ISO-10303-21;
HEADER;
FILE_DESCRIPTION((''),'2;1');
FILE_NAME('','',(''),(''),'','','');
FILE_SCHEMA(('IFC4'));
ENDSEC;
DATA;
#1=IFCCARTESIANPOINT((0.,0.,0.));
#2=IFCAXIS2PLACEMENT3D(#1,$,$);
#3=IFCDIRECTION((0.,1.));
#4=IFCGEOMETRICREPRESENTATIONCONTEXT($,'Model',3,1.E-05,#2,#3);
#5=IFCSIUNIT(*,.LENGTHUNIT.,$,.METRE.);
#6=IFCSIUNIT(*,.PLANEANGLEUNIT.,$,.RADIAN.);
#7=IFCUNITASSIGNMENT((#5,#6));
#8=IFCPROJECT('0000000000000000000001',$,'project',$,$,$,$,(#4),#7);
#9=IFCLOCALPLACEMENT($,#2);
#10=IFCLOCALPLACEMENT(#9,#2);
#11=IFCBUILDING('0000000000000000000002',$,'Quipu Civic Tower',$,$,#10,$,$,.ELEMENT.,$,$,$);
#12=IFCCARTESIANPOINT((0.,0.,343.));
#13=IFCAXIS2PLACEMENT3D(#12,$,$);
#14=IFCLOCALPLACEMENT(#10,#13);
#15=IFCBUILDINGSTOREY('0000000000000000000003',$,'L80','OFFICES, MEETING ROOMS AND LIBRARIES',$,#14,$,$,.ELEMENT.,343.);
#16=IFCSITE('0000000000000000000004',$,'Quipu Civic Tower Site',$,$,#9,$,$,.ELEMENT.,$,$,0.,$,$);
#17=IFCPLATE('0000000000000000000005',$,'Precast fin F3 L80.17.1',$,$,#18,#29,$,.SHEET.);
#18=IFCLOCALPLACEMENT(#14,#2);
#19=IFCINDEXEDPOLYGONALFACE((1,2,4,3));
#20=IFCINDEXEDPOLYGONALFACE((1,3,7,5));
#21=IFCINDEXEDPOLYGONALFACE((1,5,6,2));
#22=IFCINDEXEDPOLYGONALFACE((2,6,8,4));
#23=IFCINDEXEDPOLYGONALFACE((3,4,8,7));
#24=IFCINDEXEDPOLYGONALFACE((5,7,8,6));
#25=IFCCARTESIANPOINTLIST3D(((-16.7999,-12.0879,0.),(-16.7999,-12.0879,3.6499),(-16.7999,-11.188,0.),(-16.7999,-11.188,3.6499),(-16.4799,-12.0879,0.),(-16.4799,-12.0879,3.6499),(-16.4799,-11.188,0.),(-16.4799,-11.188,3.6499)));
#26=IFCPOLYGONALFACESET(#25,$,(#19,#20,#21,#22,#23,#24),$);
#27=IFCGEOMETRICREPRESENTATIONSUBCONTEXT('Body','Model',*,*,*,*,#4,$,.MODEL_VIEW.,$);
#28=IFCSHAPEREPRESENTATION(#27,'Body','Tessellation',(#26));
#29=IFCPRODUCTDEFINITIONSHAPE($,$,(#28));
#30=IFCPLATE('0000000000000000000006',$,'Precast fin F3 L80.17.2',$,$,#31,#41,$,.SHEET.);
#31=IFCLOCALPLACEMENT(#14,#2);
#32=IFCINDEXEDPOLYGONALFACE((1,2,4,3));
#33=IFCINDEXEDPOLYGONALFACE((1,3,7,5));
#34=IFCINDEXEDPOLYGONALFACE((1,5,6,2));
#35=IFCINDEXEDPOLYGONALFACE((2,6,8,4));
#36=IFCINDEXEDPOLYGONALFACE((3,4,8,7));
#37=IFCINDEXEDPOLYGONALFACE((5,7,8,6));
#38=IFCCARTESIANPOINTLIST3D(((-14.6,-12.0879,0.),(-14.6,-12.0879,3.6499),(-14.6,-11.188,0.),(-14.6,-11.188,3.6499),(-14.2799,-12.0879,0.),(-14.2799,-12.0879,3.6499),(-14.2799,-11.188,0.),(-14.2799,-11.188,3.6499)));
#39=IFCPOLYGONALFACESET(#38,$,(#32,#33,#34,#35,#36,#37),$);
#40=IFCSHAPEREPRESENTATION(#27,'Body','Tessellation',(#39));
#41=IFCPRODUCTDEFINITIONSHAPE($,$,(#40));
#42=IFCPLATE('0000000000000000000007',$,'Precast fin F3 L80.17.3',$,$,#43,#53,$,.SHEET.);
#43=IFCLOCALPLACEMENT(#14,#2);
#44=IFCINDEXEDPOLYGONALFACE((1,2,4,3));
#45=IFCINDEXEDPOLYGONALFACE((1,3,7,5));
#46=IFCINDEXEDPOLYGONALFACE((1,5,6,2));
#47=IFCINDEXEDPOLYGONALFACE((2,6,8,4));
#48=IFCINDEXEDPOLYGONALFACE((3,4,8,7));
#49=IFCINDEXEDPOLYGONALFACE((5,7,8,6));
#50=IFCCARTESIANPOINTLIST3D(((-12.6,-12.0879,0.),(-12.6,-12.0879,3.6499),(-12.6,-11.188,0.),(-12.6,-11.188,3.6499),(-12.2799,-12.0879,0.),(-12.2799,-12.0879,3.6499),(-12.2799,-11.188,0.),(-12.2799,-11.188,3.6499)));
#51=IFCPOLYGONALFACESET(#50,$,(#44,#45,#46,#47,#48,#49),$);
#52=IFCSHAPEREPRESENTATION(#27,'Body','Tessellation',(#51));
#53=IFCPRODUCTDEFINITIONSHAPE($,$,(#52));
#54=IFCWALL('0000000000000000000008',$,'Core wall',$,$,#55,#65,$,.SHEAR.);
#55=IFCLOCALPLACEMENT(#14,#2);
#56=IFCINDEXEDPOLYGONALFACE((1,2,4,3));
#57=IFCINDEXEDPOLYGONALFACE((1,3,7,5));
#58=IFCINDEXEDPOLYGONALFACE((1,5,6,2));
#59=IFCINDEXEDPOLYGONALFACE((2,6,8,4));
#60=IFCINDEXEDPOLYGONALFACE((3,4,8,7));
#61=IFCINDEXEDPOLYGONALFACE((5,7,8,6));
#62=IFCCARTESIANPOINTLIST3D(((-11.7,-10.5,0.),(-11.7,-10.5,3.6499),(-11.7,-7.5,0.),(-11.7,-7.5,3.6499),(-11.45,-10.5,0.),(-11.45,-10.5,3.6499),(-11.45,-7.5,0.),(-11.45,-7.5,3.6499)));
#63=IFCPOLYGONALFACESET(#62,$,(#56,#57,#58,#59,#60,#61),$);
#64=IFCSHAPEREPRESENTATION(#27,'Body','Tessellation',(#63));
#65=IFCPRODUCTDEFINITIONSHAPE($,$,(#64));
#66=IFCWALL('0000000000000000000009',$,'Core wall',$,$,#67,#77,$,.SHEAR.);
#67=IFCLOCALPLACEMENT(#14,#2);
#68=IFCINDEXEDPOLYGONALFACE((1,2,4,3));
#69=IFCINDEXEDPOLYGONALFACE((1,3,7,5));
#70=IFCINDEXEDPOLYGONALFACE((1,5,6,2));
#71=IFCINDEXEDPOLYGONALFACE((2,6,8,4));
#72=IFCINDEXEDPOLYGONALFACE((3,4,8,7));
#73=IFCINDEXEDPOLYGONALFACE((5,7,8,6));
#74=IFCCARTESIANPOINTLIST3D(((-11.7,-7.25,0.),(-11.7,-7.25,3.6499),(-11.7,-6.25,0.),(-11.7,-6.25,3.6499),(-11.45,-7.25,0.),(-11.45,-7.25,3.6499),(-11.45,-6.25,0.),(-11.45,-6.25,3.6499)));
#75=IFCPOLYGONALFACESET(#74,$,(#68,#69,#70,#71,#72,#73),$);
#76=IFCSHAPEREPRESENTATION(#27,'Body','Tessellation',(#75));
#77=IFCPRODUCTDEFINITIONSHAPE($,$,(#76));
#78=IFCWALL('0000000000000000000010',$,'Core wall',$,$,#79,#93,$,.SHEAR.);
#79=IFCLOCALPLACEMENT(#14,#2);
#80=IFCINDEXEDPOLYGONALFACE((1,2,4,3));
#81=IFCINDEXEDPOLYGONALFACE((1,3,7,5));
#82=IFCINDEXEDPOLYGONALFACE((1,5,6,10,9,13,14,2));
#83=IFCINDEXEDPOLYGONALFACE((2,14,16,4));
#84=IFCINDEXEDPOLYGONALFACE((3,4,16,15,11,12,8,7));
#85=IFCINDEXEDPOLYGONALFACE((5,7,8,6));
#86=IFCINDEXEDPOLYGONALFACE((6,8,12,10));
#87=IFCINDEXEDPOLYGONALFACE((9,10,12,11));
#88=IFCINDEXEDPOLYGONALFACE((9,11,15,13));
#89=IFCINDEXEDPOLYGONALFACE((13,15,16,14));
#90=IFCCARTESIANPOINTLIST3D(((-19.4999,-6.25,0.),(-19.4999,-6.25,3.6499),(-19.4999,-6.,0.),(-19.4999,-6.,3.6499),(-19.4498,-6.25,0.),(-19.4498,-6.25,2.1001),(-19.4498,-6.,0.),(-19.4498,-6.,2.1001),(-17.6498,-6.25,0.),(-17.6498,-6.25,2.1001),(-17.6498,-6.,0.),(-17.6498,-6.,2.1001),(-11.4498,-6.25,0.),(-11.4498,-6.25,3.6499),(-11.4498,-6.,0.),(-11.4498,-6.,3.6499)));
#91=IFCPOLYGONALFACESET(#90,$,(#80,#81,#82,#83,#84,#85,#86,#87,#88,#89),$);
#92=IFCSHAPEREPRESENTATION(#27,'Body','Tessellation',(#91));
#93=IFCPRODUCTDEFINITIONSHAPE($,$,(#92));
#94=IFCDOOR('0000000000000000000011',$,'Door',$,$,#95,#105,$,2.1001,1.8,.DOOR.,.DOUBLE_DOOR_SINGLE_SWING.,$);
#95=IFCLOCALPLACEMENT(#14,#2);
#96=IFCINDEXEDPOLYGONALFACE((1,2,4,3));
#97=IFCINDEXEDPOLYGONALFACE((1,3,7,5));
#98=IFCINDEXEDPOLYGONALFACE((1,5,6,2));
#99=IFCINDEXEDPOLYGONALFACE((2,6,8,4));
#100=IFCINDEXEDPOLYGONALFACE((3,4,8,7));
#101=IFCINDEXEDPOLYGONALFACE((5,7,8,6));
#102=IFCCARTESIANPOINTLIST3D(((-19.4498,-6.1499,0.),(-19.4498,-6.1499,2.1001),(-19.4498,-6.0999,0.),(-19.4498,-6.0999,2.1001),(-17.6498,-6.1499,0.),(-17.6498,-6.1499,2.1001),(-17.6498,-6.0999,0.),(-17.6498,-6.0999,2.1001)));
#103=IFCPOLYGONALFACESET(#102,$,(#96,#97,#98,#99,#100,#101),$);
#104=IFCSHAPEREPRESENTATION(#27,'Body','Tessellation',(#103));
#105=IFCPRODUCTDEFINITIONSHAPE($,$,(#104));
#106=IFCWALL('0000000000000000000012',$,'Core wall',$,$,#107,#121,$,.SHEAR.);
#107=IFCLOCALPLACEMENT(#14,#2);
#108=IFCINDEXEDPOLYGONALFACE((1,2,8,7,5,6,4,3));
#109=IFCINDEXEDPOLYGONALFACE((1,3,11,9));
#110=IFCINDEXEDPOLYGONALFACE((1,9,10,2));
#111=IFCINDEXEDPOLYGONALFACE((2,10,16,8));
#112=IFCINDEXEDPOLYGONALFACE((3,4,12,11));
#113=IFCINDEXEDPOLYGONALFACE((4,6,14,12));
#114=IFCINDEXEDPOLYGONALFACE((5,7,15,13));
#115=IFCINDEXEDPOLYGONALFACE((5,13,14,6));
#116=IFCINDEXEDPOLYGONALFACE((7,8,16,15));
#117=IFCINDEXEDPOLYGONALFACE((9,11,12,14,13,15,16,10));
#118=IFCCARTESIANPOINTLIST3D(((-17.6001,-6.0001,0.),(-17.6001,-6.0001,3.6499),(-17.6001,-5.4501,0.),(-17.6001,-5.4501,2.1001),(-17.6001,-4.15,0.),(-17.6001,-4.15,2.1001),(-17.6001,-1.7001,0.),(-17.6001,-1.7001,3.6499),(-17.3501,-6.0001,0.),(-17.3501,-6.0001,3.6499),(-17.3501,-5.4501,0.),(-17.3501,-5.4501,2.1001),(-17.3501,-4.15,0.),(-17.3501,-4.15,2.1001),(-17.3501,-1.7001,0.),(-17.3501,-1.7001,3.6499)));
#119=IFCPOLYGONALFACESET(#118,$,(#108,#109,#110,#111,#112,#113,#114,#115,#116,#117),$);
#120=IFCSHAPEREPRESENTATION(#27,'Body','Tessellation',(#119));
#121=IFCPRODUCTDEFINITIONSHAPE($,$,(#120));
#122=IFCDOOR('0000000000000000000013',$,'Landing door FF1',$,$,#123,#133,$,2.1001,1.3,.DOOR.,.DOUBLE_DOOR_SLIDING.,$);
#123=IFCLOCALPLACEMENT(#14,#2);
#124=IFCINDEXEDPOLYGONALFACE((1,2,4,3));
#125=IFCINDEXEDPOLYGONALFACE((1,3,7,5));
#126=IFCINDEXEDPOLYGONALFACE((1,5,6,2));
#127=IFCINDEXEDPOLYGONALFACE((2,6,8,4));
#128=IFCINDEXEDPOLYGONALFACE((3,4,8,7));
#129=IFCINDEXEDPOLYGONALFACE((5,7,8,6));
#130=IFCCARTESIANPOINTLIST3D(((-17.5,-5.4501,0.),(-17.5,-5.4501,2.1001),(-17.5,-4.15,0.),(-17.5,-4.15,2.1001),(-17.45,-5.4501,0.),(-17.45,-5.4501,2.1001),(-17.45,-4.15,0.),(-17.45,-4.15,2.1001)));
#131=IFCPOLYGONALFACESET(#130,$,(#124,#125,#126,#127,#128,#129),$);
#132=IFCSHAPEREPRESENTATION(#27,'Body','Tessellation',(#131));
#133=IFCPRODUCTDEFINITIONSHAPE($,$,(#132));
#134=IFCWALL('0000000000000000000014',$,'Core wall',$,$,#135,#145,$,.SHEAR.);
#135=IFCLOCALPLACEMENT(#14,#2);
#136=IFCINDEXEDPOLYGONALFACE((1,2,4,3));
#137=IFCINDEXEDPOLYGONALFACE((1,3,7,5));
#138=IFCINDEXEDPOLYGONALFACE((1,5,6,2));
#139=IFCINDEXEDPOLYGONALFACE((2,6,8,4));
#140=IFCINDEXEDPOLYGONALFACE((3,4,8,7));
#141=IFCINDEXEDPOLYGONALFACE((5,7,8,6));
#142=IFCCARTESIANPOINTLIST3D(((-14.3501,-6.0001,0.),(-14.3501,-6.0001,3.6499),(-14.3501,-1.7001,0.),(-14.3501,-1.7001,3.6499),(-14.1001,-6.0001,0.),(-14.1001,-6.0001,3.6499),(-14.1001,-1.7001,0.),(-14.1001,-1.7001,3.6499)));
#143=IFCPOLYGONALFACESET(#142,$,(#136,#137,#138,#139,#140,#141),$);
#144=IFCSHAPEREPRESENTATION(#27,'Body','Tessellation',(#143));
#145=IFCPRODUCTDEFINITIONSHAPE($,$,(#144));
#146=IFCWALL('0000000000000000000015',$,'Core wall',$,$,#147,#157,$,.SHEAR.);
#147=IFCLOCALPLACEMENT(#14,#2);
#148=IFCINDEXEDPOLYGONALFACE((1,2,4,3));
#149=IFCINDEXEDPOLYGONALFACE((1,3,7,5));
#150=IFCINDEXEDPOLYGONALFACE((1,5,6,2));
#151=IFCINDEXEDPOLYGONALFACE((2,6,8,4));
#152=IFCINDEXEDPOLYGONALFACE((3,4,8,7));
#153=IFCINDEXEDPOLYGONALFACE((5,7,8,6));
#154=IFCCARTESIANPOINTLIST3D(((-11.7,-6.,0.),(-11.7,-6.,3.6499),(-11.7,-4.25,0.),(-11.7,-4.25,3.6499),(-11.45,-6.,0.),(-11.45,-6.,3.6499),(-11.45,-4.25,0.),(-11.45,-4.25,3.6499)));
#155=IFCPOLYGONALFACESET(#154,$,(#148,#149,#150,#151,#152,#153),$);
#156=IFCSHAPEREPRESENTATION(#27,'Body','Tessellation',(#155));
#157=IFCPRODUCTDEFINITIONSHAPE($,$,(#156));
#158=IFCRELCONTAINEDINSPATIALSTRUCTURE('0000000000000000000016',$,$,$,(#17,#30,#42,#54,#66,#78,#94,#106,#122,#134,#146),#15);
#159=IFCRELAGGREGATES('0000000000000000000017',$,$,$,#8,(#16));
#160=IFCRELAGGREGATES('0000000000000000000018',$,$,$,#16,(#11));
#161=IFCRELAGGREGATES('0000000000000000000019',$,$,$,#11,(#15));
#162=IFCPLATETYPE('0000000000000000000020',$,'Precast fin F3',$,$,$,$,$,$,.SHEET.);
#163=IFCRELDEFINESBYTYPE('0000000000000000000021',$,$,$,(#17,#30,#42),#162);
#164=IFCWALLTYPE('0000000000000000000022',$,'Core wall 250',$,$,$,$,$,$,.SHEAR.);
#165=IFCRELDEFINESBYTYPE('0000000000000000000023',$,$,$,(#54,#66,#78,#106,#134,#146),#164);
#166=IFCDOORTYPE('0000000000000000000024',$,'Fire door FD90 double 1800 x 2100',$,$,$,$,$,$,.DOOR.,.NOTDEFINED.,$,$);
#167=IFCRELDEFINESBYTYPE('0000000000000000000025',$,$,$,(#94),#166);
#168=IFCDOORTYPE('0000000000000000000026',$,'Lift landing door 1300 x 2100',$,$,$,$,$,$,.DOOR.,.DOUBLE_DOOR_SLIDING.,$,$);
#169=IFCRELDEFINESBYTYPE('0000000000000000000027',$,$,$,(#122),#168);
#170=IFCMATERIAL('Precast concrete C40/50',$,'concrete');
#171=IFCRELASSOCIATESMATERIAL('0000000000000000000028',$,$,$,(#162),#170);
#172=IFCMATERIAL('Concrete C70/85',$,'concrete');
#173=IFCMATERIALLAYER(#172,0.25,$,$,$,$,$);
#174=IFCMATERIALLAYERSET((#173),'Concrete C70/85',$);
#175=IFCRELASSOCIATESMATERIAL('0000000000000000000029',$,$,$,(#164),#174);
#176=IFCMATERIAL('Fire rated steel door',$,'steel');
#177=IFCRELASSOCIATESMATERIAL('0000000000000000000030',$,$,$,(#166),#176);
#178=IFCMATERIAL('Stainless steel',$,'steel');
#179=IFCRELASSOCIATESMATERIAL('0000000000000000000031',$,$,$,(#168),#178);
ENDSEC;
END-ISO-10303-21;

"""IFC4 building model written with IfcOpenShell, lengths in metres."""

from ifc_helpers import new_model, si_unit, direction, frame, frame_2d, origin, origin_2d, place, context, subcontext, project, spatial, rectangle, extrude, material, layer, layer_set, type_object, element, fill, save


model = new_model("IFC4")

# Units and contexts
model_context = context("Model", 3, precision=1e-05, world=origin(), true_north=direction((0.0, 1.0)))
body_context = subcontext(model_context, "Body", "Model", "MODEL_VIEW")
ifc_project = project(units=[si_unit("LENGTHUNIT", "METRE"), si_unit("PLANEANGLEUNIT", "RADIAN")], contexts=[model_context])

# Site, building, storey
site_placement = place(None, origin())
site = spatial("IfcSite", under=ifc_project, at=site_placement, Name="Quipu Civic Tower Site", CompositionType="ELEMENT", RefElevation=0.0)
building_placement = place(site_placement, origin())
building = spatial("IfcBuilding", under=site, at=building_placement, Name="Quipu Civic Tower", CompositionType="ELEMENT")
storey_placement = place(building_placement, frame((0.0, 0.0, 343.0)))
storey = spatial("IfcBuildingStorey", under=building, at=storey_placement, Name="L80", Description="OFFICES, MEETING ROOMS AND LIBRARIES", CompositionType="ELEMENT", Elevation=343.0)

# Plates
ifc_material_1 = material(Name="Precast concrete C40/50", Category="concrete")
plate_type = type_object("IfcPlateType", Name="Precast fin F3", PredefinedType="SHEET", material=ifc_material_1)
for number, where, z_axis, x_axis, name in (
    (1, (-16.6399, -11.6379, 0.0), (0.0, 0.0, 1.0), (1.0, 0.0, 0.0), "Precast fin F3 L80.17.1"),
    (2, (-14.4399, -11.6379, 0.0), (0.0, 0.0, 1.0), (1.0, 0.0, 0.0), "Precast fin F3 L80.17.2"),
    (3, (-12.4399, -11.6379, 0.0), (0.0, 0.0, 1.0), (1.0, 0.0, 0.0), "Precast fin F3 L80.17.3"),
):
    element("IfcPlate", number, at=place(storey_placement, frame(where, z_axis=z_axis, x_axis=x_axis)), inside=storey, type_object=plate_type, Name=name, PredefinedType="SHEET", context=body_context, shape_type="SweptSolid", body=[
        extrude(rectangle(XDim=0.3201, YDim=0.8999, at=origin_2d()), origin(), (0.0, 0.0, 1.0), 3.6499),
    ])

# Walls
ifc_material_2 = material(Name="Concrete C70/85", Category="concrete")
ifc_layer_1 = layer(ifc_material_2, 0.25)
ifc_layer_set_1 = layer_set([ifc_layer_1], Name="Concrete C70/85")
wall_type_1 = type_object("IfcWallType", Name="Core wall 250", PredefinedType="SHEAR", material=ifc_layer_set_1)
wall_1_placement = place(storey_placement, frame((-11.575, -10.5, 0.0), z_axis=(0.0, 0.0, 1.0), x_axis=(0.0, 1.0, 0.0)))
element("IfcWall", 4, at=wall_1_placement, inside=storey, type_object=wall_type_1, Name="Core wall", PredefinedType="SHEAR", context=body_context, shape_type="SweptSolid", body=[
    extrude(rectangle(XDim=3.0, YDim=0.25, at=frame_2d((1.5, 0.0))), origin(), (0.0, 0.0, 1.0), 3.6499),
])
wall_2_placement = place(storey_placement, frame((-11.575, -7.25, 0.0), z_axis=(0.0, 0.0, 1.0), x_axis=(0.0, 1.0, 0.0)))
element("IfcWall", 5, at=wall_2_placement, inside=storey, type_object=wall_type_1, Name="Core wall", PredefinedType="SHEAR", context=body_context, shape_type="SweptSolid", body=[
    extrude(rectangle(XDim=1.0, YDim=0.25, at=frame_2d((0.5, 0.0))), origin(), (0.0, 0.0, 1.0), 3.6499),
])

# Walls, openings, doors
wall_3_placement = place(storey_placement, frame((-11.45, -6.125, 0.0), z_axis=(0.0, 0.0, 1.0), x_axis=(-1.0, 0.0, 0.0)))
wall_3 = element("IfcWall", 6, at=wall_3_placement, inside=storey, type_object=wall_type_1, Name="Core wall", PredefinedType="SHEAR", context=body_context, shape_type="SweptSolid", body=[
    extrude(rectangle(XDim=8.05, YDim=0.25, at=frame_2d((4.0249, 0.0))), origin(), (0.0, 0.0, 1.0), 3.6499),
])
opening_1_placement = place(wall_3_placement, frame((6.2, 0.0, 0.0)))
opening_1 = element("IfcOpeningElement", 7, at=opening_1_placement, cuts=wall_3, PredefinedType="OPENING", context=body_context, shape_type="SweptSolid", body=[
    extrude(rectangle(XDim=1.8, YDim=2.1001, at=frame_2d((0.8999, 1.05))), frame((0.0, 0.135, 0.0), z_axis=(0.0, -1.0, 0.0), x_axis=(1.0, 0.0, 0.0)), (0.0, 0.0, 1.0), 0.27),
])
ifc_material_3 = material(Name="Fire rated steel door", Category="steel")
door_type_1 = type_object("IfcDoorType", Name="Fire door FD90 double 1800 x 2100", OperationType="NOTDEFINED", PredefinedType="DOOR", material=ifc_material_3)
door_1_placement = place(opening_1_placement, origin())
door_1 = element("IfcDoor", 8, at=door_1_placement, inside=storey, type_object=door_type_1, Name="Door", OperationType="DOUBLE_DOOR_SINGLE_SWING", OverallHeight=2.1001, OverallWidth=1.8, PredefinedType="DOOR", context=body_context, shape_type="SweptSolid", body=[
    extrude(rectangle(XDim=1.8, YDim=2.1001, at=frame_2d((0.8999, 1.05))), frame((0.0, 0.0249, 0.0), z_axis=(0.0, -1.0, 0.0), x_axis=(1.0, 0.0, 0.0)), (0.0, 0.0, 1.0), 0.05),
])
fill(opening_1, door_1)
wall_4_placement = place(storey_placement, frame((-17.4751, -6.0, 0.0), z_axis=(0.0, 0.0, 1.0), x_axis=(0.0, 1.0, 0.0)))
wall_4 = element("IfcWall", 9, at=wall_4_placement, inside=storey, type_object=wall_type_1, Name="Core wall", PredefinedType="SHEAR", context=body_context, shape_type="SweptSolid", body=[
    extrude(rectangle(XDim=4.3, YDim=0.25, at=frame_2d((2.1499, 0.0))), origin(), (0.0, 0.0, 1.0), 3.6499),
])
opening_2_placement = place(wall_4_placement, frame((0.55, 0.0, 0.0)))
opening_2 = element("IfcOpeningElement", 10, at=opening_2_placement, cuts=wall_4, PredefinedType="OPENING", context=body_context, shape_type="SweptSolid", body=[
    extrude(rectangle(XDim=1.3, YDim=2.1001, at=frame_2d((0.6499, 1.05))), frame((0.0, 0.135, 0.0), z_axis=(0.0, -1.0, 0.0), x_axis=(1.0, 0.0, 0.0)), (0.0, 0.0, 1.0), 0.27),
])
ifc_material_4 = material(Name="Stainless steel", Category="steel")
door_type_2 = type_object("IfcDoorType", Name="Lift landing door 1300 x 2100", OperationType="DOUBLE_DOOR_SLIDING", PredefinedType="DOOR", material=ifc_material_4)
door_2_placement = place(opening_2_placement, origin())
door_2 = element("IfcDoor", 11, at=door_2_placement, inside=storey, type_object=door_type_2, Name="Landing door FF1", OperationType="DOUBLE_DOOR_SLIDING", OverallHeight=2.1001, OverallWidth=1.3, PredefinedType="DOOR", context=body_context, shape_type="SweptSolid", body=[
    extrude(rectangle(XDim=1.3, YDim=2.1001, at=frame_2d((0.6499, 1.05))), frame((0.0, 0.0249, 0.0), z_axis=(0.0, -1.0, 0.0), x_axis=(1.0, 0.0, 0.0)), (0.0, 0.0, 1.0), 0.05),
])
fill(opening_2, door_2)

# Walls
wall_5_placement = place(storey_placement, frame((-14.2251, -6.0, 0.0), z_axis=(0.0, 0.0, 1.0), x_axis=(0.0, 1.0, 0.0)))
element("IfcWall", 12, at=wall_5_placement, inside=storey, type_object=wall_type_1, Name="Core wall", PredefinedType="SHEAR", context=body_context, shape_type="SweptSolid", body=[
    extrude(rectangle(XDim=4.3, YDim=0.25, at=frame_2d((2.1499, 0.0))), origin(), (0.0, 0.0, 1.0), 3.6499),
])
wall_6_placement = place(storey_placement, frame((-11.575, -6.0, 0.0), z_axis=(0.0, 0.0, 1.0), x_axis=(0.0, 1.0, 0.0)))
element("IfcWall", 13, at=wall_6_placement, inside=storey, type_object=wall_type_1, Name="Core wall", PredefinedType="SHEAR", context=body_context, shape_type="SweptSolid", body=[
    extrude(rectangle(XDim=1.75, YDim=0.25, at=frame_2d((0.875, 0.0))), origin(), (0.0, 0.0, 1.0), 3.6499),
])

save(model, "model.ifc")
